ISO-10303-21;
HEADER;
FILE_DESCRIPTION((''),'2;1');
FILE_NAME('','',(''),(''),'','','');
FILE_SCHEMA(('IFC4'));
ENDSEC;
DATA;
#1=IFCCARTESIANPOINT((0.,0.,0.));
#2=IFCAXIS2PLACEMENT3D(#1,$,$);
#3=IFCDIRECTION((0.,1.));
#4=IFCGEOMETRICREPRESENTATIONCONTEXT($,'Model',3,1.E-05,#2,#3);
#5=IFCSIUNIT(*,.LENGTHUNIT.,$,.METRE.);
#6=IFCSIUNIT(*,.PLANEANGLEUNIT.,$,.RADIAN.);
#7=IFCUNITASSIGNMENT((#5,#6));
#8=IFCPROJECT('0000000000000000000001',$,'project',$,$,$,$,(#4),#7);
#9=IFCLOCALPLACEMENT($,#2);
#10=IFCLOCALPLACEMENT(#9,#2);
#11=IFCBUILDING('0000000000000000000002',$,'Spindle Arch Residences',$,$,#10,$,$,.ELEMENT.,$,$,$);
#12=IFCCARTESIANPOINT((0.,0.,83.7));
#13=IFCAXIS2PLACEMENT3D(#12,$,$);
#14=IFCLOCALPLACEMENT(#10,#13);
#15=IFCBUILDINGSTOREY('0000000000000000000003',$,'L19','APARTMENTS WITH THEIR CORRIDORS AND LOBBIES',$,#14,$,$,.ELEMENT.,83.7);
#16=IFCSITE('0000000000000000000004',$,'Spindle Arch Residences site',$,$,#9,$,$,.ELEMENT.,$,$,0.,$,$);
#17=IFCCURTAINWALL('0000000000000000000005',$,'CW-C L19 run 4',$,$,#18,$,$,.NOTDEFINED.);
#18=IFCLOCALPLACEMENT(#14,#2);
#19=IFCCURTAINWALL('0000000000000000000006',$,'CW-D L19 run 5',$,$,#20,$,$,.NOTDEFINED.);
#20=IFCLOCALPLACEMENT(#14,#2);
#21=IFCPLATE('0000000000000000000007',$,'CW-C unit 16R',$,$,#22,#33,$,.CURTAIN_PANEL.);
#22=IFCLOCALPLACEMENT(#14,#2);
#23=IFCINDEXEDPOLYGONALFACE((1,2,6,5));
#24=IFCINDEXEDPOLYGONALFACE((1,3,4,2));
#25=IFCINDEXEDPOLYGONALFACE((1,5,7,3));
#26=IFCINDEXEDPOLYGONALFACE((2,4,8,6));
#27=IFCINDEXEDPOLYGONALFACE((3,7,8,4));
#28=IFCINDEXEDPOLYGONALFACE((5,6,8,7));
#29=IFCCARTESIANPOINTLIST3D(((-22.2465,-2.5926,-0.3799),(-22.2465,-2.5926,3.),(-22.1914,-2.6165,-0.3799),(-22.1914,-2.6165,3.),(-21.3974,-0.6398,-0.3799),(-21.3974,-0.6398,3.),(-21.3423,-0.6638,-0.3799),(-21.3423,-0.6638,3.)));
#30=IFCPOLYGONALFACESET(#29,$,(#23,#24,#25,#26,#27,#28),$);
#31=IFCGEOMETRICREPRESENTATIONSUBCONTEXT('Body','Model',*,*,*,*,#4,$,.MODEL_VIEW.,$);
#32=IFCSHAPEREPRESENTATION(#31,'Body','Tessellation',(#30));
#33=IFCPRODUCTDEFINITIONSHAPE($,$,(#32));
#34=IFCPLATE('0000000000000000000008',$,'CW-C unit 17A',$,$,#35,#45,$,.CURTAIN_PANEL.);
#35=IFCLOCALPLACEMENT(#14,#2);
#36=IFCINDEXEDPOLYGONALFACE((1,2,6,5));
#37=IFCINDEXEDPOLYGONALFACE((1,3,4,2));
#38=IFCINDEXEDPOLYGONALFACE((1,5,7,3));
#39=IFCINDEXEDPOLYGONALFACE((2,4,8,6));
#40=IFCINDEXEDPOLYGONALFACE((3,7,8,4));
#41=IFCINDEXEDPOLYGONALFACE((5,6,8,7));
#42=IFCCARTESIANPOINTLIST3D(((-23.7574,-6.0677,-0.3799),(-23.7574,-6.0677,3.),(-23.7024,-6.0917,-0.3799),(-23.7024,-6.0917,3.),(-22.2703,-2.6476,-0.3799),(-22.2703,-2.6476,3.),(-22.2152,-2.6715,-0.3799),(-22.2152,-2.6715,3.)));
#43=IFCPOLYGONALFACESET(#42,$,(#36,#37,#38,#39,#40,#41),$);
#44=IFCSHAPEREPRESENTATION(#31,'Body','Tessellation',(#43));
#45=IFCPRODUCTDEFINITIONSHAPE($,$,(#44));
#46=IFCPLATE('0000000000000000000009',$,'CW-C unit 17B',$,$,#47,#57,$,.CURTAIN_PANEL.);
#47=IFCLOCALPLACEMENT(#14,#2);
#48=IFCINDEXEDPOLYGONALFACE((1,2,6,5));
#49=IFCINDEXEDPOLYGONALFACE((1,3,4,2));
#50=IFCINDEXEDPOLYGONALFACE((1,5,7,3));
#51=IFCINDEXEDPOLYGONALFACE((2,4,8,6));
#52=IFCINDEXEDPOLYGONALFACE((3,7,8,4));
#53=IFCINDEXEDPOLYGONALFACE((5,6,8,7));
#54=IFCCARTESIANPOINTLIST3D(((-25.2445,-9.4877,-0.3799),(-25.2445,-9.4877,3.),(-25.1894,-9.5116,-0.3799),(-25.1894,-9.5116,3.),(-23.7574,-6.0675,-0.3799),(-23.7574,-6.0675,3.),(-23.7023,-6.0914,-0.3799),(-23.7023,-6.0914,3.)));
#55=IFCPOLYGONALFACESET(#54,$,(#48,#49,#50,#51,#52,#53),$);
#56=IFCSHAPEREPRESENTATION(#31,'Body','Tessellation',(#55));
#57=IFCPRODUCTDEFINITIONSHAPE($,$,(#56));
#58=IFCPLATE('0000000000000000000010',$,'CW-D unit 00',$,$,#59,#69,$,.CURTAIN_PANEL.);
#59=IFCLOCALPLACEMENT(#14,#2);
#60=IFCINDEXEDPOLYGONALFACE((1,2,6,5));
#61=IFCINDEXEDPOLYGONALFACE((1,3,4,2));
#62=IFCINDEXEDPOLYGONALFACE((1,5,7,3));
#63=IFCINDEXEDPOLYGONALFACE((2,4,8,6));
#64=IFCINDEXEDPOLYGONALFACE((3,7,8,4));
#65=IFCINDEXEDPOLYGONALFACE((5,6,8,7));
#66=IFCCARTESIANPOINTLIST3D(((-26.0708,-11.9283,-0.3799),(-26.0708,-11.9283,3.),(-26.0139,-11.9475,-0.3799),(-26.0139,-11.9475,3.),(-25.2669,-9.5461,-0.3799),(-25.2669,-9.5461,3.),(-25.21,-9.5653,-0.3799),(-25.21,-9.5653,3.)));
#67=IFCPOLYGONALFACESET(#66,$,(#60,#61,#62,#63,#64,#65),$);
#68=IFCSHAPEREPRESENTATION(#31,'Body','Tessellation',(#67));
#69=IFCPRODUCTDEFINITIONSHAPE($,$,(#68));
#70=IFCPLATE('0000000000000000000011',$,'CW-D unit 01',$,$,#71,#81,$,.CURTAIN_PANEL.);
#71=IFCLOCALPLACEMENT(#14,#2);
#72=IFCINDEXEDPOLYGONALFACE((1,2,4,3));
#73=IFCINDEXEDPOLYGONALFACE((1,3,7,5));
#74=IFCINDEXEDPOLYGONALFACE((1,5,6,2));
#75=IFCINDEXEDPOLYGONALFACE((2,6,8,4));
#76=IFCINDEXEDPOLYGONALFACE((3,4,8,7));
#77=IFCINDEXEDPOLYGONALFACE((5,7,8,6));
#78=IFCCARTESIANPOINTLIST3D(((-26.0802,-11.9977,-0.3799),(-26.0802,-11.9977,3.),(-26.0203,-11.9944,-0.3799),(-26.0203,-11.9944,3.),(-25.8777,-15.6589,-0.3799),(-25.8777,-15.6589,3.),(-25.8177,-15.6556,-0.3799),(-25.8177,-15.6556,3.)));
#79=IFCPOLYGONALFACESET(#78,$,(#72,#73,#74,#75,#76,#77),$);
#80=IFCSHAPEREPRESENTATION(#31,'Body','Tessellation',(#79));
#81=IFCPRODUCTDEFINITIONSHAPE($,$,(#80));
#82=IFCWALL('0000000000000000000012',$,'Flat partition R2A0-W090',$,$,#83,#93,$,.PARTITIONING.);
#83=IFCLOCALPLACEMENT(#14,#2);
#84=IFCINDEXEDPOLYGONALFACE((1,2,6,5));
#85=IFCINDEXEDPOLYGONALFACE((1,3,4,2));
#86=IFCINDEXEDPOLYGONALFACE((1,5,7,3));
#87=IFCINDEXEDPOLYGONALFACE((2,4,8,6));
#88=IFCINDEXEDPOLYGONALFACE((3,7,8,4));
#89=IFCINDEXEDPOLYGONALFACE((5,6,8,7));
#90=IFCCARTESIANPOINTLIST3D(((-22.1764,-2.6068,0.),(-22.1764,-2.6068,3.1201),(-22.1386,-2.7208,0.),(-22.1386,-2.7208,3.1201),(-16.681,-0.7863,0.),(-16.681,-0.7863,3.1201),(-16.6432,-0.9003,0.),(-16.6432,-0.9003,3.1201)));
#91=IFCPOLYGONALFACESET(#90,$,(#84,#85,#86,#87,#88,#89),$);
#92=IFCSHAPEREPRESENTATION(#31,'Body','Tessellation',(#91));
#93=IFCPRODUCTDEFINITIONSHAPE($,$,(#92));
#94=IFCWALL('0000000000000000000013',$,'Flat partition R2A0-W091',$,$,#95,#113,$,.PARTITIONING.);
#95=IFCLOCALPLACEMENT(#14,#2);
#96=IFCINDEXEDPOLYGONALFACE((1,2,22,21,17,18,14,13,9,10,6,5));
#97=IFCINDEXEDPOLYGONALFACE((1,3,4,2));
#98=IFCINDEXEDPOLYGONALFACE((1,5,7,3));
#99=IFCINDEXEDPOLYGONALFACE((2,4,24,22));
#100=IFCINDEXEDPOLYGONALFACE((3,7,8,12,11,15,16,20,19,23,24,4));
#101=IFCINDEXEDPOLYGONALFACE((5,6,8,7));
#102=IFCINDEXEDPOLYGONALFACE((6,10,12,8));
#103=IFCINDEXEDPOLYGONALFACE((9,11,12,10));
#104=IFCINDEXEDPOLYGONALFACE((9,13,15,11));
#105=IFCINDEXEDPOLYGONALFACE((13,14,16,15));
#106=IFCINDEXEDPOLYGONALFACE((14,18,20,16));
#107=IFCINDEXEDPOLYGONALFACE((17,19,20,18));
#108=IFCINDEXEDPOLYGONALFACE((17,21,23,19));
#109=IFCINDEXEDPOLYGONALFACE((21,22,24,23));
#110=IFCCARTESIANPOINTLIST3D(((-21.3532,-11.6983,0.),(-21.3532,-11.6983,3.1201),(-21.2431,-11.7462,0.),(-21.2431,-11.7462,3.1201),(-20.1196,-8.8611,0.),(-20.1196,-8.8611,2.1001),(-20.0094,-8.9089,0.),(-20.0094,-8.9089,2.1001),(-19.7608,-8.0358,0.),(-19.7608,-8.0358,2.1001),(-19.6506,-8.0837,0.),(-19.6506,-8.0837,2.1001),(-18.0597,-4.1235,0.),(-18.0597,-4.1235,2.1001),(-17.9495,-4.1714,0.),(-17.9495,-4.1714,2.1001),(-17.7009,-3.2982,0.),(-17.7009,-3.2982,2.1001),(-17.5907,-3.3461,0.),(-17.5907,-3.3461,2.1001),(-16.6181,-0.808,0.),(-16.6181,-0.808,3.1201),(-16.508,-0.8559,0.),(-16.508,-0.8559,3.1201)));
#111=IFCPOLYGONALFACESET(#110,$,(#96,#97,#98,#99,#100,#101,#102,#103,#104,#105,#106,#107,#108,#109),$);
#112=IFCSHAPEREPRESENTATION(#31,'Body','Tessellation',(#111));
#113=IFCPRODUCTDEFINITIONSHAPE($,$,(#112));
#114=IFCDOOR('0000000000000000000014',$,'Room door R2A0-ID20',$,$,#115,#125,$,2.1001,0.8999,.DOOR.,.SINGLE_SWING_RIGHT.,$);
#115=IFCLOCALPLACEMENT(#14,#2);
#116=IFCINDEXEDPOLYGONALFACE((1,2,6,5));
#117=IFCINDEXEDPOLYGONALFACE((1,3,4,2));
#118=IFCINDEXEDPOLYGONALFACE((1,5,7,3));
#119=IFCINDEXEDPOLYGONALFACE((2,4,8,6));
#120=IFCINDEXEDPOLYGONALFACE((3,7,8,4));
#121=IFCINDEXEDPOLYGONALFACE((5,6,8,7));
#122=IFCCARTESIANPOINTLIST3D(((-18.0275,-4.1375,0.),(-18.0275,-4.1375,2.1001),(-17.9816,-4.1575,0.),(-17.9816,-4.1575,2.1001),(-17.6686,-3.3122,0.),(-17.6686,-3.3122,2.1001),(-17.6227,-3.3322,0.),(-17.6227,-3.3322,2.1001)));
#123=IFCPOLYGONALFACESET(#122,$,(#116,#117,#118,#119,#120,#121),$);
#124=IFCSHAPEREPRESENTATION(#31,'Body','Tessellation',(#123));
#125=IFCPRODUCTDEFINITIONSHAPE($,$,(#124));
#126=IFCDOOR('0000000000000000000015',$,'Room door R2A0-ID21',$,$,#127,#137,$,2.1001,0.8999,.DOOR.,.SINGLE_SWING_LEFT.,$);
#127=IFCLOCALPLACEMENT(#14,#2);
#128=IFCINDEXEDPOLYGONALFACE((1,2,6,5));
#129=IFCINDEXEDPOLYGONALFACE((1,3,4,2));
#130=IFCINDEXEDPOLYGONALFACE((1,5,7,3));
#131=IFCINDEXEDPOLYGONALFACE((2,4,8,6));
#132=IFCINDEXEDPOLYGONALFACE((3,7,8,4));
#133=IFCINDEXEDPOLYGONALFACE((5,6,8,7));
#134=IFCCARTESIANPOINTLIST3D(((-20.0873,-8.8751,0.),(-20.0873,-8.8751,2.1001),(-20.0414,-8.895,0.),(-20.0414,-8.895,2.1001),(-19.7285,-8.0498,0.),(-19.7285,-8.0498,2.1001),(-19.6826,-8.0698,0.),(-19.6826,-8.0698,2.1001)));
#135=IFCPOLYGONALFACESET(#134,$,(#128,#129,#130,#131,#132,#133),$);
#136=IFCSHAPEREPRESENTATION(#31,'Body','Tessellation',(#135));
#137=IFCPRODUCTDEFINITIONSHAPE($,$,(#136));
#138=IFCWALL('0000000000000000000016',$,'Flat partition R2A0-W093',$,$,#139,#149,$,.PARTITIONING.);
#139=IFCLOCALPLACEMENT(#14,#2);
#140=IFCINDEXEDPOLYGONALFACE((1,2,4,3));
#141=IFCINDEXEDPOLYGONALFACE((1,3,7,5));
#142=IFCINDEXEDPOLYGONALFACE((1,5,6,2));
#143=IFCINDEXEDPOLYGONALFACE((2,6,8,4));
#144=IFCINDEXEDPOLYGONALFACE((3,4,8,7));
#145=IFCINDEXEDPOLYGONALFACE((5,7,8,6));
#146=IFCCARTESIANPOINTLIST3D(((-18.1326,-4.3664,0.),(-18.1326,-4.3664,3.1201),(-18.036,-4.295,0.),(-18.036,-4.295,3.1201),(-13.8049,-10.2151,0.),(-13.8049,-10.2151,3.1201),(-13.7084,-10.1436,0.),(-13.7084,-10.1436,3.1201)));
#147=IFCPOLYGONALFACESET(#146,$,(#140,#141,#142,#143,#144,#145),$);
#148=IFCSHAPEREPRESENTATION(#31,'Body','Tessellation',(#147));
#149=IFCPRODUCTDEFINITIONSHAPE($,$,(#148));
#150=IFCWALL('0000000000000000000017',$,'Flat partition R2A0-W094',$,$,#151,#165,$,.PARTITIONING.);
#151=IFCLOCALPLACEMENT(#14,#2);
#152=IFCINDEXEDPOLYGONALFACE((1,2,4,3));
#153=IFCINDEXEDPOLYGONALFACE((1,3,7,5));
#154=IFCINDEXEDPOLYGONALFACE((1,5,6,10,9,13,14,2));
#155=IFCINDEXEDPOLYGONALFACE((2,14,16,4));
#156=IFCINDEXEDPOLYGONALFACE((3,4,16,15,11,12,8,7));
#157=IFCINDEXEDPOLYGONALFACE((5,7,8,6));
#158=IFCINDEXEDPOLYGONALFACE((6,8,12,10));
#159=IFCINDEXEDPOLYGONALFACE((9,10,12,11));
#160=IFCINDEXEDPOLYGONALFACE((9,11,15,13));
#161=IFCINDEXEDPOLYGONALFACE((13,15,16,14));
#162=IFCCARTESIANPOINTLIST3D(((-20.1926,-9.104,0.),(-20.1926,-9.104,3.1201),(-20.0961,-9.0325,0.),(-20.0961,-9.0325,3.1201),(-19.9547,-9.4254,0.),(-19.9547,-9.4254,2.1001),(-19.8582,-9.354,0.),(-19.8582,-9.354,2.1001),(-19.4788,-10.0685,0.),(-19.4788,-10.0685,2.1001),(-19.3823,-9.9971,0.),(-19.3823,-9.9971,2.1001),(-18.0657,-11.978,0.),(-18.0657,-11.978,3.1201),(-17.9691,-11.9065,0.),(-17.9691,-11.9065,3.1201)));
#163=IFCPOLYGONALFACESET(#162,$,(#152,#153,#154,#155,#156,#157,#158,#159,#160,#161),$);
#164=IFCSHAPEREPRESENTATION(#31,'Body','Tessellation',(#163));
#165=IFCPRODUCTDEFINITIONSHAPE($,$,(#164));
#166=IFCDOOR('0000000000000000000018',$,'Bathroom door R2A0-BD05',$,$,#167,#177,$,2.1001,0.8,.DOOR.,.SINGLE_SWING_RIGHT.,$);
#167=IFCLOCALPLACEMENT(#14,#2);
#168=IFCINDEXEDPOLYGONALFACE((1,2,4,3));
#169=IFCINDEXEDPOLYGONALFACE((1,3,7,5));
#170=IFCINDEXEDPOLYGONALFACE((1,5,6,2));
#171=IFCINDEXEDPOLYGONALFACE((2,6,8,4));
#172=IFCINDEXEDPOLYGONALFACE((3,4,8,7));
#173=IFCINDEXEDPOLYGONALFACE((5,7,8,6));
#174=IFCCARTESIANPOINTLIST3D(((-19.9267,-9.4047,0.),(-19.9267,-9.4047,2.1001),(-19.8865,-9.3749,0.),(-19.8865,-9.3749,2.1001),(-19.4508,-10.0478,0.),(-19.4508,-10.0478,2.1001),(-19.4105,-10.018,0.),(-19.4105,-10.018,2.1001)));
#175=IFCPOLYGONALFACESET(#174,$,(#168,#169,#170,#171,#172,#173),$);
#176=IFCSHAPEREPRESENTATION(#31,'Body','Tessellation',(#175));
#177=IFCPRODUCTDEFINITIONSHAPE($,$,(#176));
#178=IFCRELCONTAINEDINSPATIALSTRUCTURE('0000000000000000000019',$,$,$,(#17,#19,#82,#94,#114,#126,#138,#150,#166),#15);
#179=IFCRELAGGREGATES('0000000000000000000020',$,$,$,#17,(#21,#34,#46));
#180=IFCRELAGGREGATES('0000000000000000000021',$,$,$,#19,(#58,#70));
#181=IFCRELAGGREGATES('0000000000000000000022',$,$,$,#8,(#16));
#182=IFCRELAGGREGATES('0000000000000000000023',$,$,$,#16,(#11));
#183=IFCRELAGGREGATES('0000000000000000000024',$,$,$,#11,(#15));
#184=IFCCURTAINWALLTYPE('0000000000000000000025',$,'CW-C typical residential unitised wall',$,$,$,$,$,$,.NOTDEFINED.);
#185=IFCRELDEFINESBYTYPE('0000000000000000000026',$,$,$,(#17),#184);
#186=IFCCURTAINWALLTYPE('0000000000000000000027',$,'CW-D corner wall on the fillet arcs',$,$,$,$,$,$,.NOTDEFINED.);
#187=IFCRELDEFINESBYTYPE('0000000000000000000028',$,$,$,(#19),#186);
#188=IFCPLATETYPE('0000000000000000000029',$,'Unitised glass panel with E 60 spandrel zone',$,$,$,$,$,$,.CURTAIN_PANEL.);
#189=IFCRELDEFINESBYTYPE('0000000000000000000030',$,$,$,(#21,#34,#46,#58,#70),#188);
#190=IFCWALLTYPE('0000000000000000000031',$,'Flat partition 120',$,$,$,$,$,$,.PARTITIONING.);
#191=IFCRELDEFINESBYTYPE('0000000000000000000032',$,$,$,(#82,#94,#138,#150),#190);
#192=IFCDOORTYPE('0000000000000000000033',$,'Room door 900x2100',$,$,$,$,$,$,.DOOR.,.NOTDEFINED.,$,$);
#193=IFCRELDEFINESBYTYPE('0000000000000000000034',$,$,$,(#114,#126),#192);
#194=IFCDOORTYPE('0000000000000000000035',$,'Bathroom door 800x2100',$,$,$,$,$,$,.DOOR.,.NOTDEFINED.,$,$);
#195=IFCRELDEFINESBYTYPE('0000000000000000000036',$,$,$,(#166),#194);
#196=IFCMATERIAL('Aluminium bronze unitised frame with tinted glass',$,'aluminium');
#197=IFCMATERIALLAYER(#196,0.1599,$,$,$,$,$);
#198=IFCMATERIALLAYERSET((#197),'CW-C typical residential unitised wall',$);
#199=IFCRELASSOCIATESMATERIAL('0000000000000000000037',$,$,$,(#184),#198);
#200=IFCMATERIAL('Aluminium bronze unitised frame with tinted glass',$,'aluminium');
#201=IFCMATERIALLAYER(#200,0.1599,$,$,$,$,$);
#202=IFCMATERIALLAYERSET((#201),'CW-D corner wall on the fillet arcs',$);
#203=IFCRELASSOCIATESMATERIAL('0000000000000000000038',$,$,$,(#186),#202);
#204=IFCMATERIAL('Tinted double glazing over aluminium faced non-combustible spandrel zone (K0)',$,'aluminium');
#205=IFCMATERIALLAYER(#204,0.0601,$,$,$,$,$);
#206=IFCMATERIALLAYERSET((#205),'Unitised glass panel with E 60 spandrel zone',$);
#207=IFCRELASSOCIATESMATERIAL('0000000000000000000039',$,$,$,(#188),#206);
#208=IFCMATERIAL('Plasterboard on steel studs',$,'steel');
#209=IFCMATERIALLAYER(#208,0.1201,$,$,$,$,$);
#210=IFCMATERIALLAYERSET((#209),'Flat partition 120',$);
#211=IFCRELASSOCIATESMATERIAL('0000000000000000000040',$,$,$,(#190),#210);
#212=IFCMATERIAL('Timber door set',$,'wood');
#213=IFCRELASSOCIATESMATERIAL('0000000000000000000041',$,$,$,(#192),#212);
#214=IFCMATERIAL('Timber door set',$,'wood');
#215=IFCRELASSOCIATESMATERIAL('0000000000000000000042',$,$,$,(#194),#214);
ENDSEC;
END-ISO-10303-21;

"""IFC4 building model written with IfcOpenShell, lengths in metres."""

from ifc_helpers import new_model, si_unit, direction, frame, frame_2d, origin, origin_2d, place, context, subcontext, project, spatial, rectangle, extrude, material, layer, layer_set, type_object, element, fill, aggregate, save


model = new_model("IFC4")

# Units and contexts
model_context = context("Model", 3, precision=1e-05, world=origin(), true_north=direction((0.0, 1.0)))
body_context = subcontext(model_context, "Body", "Model", "MODEL_VIEW")
ifc_project = project(units=[si_unit("LENGTHUNIT", "METRE"), si_unit("PLANEANGLEUNIT", "RADIAN")], contexts=[model_context])

# Site, building, storey
site_placement = place(None, origin())
site = spatial("IfcSite", under=ifc_project, at=site_placement, Name="Spindle Arch Residences site", CompositionType="ELEMENT", RefElevation=0.0)
building_placement = place(site_placement, origin())
building = spatial("IfcBuilding", under=site, at=building_placement, Name="Spindle Arch Residences", CompositionType="ELEMENT")
storey_placement = place(building_placement, frame((0.0, 0.0, 83.7)))
storey = spatial("IfcBuildingStorey", under=building, at=storey_placement, Name="L19", Description="APARTMENTS WITH THEIR CORRIDORS AND LOBBIES", CompositionType="ELEMENT", Elevation=83.7)

# Curtain wall
ifc_material_1 = material(Name="Aluminium bronze unitised frame with tinted glass", Category="aluminium")
ifc_layer_1 = layer(ifc_material_1, 0.1599)
ifc_layer_set_1 = layer_set([ifc_layer_1], Name="CW-C typical residential unitised wall")
curtain_wall_type_1 = type_object("IfcCurtainWallType", Name="CW-C typical residential unitised wall", PredefinedType="NOTDEFINED", material=ifc_layer_set_1)
curtain_wall_1_placement = place(storey_placement, origin())
curtain_wall_1 = element("IfcCurtainWall", 1, at=curtain_wall_1_placement, inside=storey, type_object=curtain_wall_type_1, Name="CW-C L19 run 4", PredefinedType="NOTDEFINED")

# Curtain wall
ifc_material_2 = material(Name="Aluminium bronze unitised frame with tinted glass", Category="aluminium")
ifc_layer_2 = layer(ifc_material_2, 0.1599)
ifc_layer_set_2 = layer_set([ifc_layer_2], Name="CW-D corner wall on the fillet arcs")
curtain_wall_type_2 = type_object("IfcCurtainWallType", Name="CW-D corner wall on the fillet arcs", PredefinedType="NOTDEFINED", material=ifc_layer_set_2)
curtain_wall_2_placement = place(storey_placement, origin())
curtain_wall_2 = element("IfcCurtainWall", 2, at=curtain_wall_2_placement, inside=storey, type_object=curtain_wall_type_2, Name="CW-D L19 run 5", PredefinedType="NOTDEFINED")

# Plates
ifc_material_3 = material(Name="Tinted double glazing over aluminium faced non-combustible spandrel zone (K0)", Category="aluminium")
ifc_layer_3 = layer(ifc_material_3, 0.0601)
ifc_layer_set_3 = layer_set([ifc_layer_3], Name="Unitised glass panel with E 60 spandrel zone")
plate_type = type_object("IfcPlateType", Name="Unitised glass panel with E 60 spandrel zone", PredefinedType="CURTAIN_PANEL", material=ifc_layer_set_3)
plate_1_placement = place(storey_placement, frame((-21.7944, -1.6282, -0.3799), z_axis=(0.0, 0.0, 1.0), x_axis=(-0.398749, -0.91706, 0.0)))
plate_1 = element("IfcPlate", 3, at=plate_1_placement, type_object=plate_type, Name="CW-C unit 16R", PredefinedType="CURTAIN_PANEL", context=body_context, shape_type="SweptSolid", body=[
    extrude(rectangle(XDim=2.1294, YDim=0.0601, at=origin_2d()), origin(), (0.0, 0.0, 1.0), 3.3799),
])
plate_2_placement = place(storey_placement, frame((-22.9863, -4.3696, -0.3799), z_axis=(0.0, 0.0, 1.0), x_axis=(-0.398749, -0.91706, 0.0)))
plate_2 = element("IfcPlate", 4, at=plate_2_placement, type_object=plate_type, Name="CW-C unit 17A", PredefinedType="CURTAIN_PANEL", context=body_context, shape_type="SweptSolid", body=[
    extrude(rectangle(XDim=3.7295, YDim=0.0601, at=origin_2d()), origin(), (0.0, 0.0, 1.0), 3.3799),
])
plate_3_placement = place(storey_placement, frame((-24.4734, -7.7896, -0.3799), z_axis=(0.0, 0.0, 1.0), x_axis=(-0.398749, -0.91706, 0.0)))
plate_3 = element("IfcPlate", 5, at=plate_3_placement, type_object=plate_type, Name="CW-C unit 17B", PredefinedType="CURTAIN_PANEL", context=body_context, shape_type="SweptSolid", body=[
    extrude(rectangle(XDim=3.7295, YDim=0.0601, at=origin_2d()), origin(), (0.0, 0.0, 1.0), 3.3799),
])
aggregate(curtain_wall_1, [plate_1, plate_2, plate_3])
plate_4_placement = place(storey_placement, frame((-25.6404, -10.7468, -0.3799), z_axis=(0.0, 0.0, 1.0), x_axis=(-0.319727, -0.94751, 0.0)))
plate_4 = element("IfcPlate", 6, at=plate_4_placement, type_object=plate_type, Name="CW-D unit 00", PredefinedType="CURTAIN_PANEL", context=body_context, shape_type="SweptSolid", body=[
    extrude(rectangle(XDim=2.5142, YDim=0.0601, at=origin_2d()), origin(), (0.0, 0.0, 1.0), 3.3799),
])
plate_5_placement = place(storey_placement, frame((-25.949, -13.8267, -0.3799), z_axis=(0.0, 0.0, 1.0), x_axis=(0.055241, -0.998473, 0.0)))
plate_5 = element("IfcPlate", 7, at=plate_5_placement, type_object=plate_type, Name="CW-D unit 01", PredefinedType="CURTAIN_PANEL", context=body_context, shape_type="SweptSolid", body=[
    extrude(rectangle(XDim=3.6667, YDim=0.0601, at=origin_2d()), origin(), (0.0, 0.0, 1.0), 3.3799),
])
aggregate(curtain_wall_2, [plate_4, plate_5])

# Wall
ifc_material_4 = material(Name="Plasterboard on steel studs", Category="steel")
ifc_layer_4 = layer(ifc_material_4, 0.1201)
ifc_layer_set_4 = layer_set([ifc_layer_4], Name="Flat partition 120")
wall_type_1 = type_object("IfcWallType", Name="Flat partition 120", PredefinedType="PARTITIONING", material=ifc_layer_set_4)
wall_1_placement = place(storey_placement, frame((-22.1575, -2.6638, 0.0), z_axis=(0.0, 0.0, 1.0), x_axis=(0.949264, 0.314481, 0.0)))
element("IfcWall", 8, at=wall_1_placement, inside=storey, type_object=wall_type_1, Name="Flat partition R2A0-W090", PredefinedType="PARTITIONING", context=body_context, shape_type="SweptSolid", body=[
    extrude(rectangle(XDim=5.7891, YDim=0.1201, at=frame_2d((2.8945, 0.0))), origin(), (0.0, 0.0, 1.0), 3.1201),
])

# Wall, openings, doors
wall_2_placement = place(storey_placement, frame((-21.2981, -11.7222, 0.0), z_axis=(0.0, 0.0, 1.0), x_axis=(0.398737, 0.917065, 0.0)))
wall_2 = element("IfcWall", 9, at=wall_2_placement, inside=storey, type_object=wall_type_1, Name="Flat partition R2A0-W091", PredefinedType="PARTITIONING", context=body_context, shape_type="SweptSolid", body=[
    extrude(rectangle(XDim=11.8752, YDim=0.1201, at=frame_2d((5.9375, 0.0))), origin(), (0.0, 0.0, 1.0), 3.1201),
])
opening_1_placement = place(wall_2_placement, frame((8.2598, 0.0, 0.0)))
opening_1 = element("IfcOpeningElement", 10, at=opening_1_placement, cuts=wall_2, PredefinedType="OPENING", context=body_context, shape_type="SweptSolid", body=[
    extrude(rectangle(XDim=0.8999, YDim=2.1001, at=frame_2d((0.45, 1.05))), frame((0.0, 0.0701, 0.0), z_axis=(0.0, -1.0, 0.0), x_axis=(1.0, 0.0, 0.0)), (0.0, 0.0, 1.0), 0.1401),
])
opening_2_placement = place(wall_2_placement, frame((3.0938, 0.0, 0.0)))
opening_2 = element("IfcOpeningElement", 11, at=opening_2_placement, cuts=wall_2, PredefinedType="OPENING", context=body_context, shape_type="SweptSolid", body=[
    extrude(rectangle(XDim=0.8999, YDim=2.1001, at=frame_2d((0.45, 1.05))), frame((0.0, 0.0701, 0.0), z_axis=(0.0, -1.0, 0.0), x_axis=(1.0, 0.0, 0.0)), (0.0, 0.0, 1.0), 0.1401),
])
ifc_material_5 = material(Name="Timber door set", Category="wood")
door_type_1 = type_object("IfcDoorType", Name="Room door 900x2100", OperationType="NOTDEFINED", PredefinedType="DOOR", material=ifc_material_5)
door_1_placement = place(opening_1_placement, origin())
door_1 = element("IfcDoor", 12, at=door_1_placement, inside=storey, type_object=door_type_1, Name="Room door R2A0-ID20", OperationType="SINGLE_SWING_RIGHT", OverallHeight=2.1001, OverallWidth=0.8999, PredefinedType="DOOR", context=body_context, shape_type="SweptSolid", body=[
    extrude(rectangle(XDim=0.8999, YDim=2.1001, at=frame_2d((0.45, 1.05))), frame((0.0, 0.0249, 0.0), z_axis=(0.0, -1.0, 0.0), x_axis=(1.0, 0.0, 0.0)), (0.0, 0.0, 1.0), 0.05),
])
fill(opening_1, door_1)
door_2_placement = place(opening_2_placement, origin())
door_2 = element("IfcDoor", 13, at=door_2_placement, inside=storey, type_object=door_type_1, Name="Room door R2A0-ID21", OperationType="SINGLE_SWING_LEFT", OverallHeight=2.1001, OverallWidth=0.8999, PredefinedType="DOOR", context=body_context, shape_type="SweptSolid", body=[
    extrude(rectangle(XDim=0.8999, YDim=2.1001, at=frame_2d((0.45, 1.05))), frame((0.0, 0.0249, 0.0), z_axis=(0.0, -1.0, 0.0), x_axis=(1.0, 0.0, 0.0)), (0.0, 0.0, 1.0), 0.05),
])
fill(opening_2, door_2)

# Wall
wall_3_placement = place(storey_placement, frame((-18.0842, -4.3308, 0.0), z_axis=(0.0, 0.0, 1.0), x_axis=(0.594812, -0.803865, 0.0)))
element("IfcWall", 14, at=wall_3_placement, inside=storey, type_object=wall_type_1, Name="Flat partition R2A0-W093", PredefinedType="PARTITIONING", context=body_context, shape_type="SweptSolid", body=[
    extrude(rectangle(XDim=7.2756, YDim=0.1201, at=frame_2d((3.6377, 0.0))), origin(), (0.0, 0.0, 1.0), 3.1201),
])

# Wall, opening, door
wall_4_placement = place(storey_placement, frame((-20.1443, -9.0684, 0.0), z_axis=(0.0, 0.0, 1.0), x_axis=(0.594875, -0.803818, 0.0)))
wall_4 = element("IfcWall", 15, at=wall_4_placement, inside=storey, type_object=wall_type_1, Name="Flat partition R2A0-W094", PredefinedType="PARTITIONING", context=body_context, shape_type="SweptSolid", body=[
    extrude(rectangle(XDim=3.5754, YDim=0.1201, at=frame_2d((1.7876, 0.0))), origin(), (0.0, 0.0, 1.0), 3.1201),
])
opening_3_placement = place(wall_4_placement, frame((0.3999, 0.0, 0.0)))
opening_3 = element("IfcOpeningElement", 16, at=opening_3_placement, cuts=wall_4, PredefinedType="OPENING", context=body_context, shape_type="SweptSolid", body=[
    extrude(rectangle(XDim=0.8, YDim=2.1001, at=frame_2d((0.3999, 1.05))), frame((0.0, 0.0701, 0.0), z_axis=(0.0, -1.0, 0.0), x_axis=(1.0, 0.0, 0.0)), (0.0, 0.0, 1.0), 0.1401),
])
ifc_material_6 = material(Name="Timber door set", Category="wood")
door_type_2 = type_object("IfcDoorType", Name="Bathroom door 800x2100", OperationType="NOTDEFINED", PredefinedType="DOOR", material=ifc_material_6)
door_3_placement = place(opening_3_placement, origin())
door_3 = element("IfcDoor", 17, at=door_3_placement, inside=storey, type_object=door_type_2, Name="Bathroom door R2A0-BD05", OperationType="SINGLE_SWING_RIGHT", OverallHeight=2.1001, OverallWidth=0.8, PredefinedType="DOOR", context=body_context, shape_type="SweptSolid", body=[
    extrude(rectangle(XDim=0.8, YDim=2.1001, at=frame_2d((0.3999, 1.05))), frame((0.0, 0.0249, 0.0), z_axis=(0.0, -1.0, 0.0), x_axis=(1.0, 0.0, 0.0)), (0.0, 0.0, 1.0), 0.05),
])
fill(opening_3, door_3)

save(model, "model.ifc")
